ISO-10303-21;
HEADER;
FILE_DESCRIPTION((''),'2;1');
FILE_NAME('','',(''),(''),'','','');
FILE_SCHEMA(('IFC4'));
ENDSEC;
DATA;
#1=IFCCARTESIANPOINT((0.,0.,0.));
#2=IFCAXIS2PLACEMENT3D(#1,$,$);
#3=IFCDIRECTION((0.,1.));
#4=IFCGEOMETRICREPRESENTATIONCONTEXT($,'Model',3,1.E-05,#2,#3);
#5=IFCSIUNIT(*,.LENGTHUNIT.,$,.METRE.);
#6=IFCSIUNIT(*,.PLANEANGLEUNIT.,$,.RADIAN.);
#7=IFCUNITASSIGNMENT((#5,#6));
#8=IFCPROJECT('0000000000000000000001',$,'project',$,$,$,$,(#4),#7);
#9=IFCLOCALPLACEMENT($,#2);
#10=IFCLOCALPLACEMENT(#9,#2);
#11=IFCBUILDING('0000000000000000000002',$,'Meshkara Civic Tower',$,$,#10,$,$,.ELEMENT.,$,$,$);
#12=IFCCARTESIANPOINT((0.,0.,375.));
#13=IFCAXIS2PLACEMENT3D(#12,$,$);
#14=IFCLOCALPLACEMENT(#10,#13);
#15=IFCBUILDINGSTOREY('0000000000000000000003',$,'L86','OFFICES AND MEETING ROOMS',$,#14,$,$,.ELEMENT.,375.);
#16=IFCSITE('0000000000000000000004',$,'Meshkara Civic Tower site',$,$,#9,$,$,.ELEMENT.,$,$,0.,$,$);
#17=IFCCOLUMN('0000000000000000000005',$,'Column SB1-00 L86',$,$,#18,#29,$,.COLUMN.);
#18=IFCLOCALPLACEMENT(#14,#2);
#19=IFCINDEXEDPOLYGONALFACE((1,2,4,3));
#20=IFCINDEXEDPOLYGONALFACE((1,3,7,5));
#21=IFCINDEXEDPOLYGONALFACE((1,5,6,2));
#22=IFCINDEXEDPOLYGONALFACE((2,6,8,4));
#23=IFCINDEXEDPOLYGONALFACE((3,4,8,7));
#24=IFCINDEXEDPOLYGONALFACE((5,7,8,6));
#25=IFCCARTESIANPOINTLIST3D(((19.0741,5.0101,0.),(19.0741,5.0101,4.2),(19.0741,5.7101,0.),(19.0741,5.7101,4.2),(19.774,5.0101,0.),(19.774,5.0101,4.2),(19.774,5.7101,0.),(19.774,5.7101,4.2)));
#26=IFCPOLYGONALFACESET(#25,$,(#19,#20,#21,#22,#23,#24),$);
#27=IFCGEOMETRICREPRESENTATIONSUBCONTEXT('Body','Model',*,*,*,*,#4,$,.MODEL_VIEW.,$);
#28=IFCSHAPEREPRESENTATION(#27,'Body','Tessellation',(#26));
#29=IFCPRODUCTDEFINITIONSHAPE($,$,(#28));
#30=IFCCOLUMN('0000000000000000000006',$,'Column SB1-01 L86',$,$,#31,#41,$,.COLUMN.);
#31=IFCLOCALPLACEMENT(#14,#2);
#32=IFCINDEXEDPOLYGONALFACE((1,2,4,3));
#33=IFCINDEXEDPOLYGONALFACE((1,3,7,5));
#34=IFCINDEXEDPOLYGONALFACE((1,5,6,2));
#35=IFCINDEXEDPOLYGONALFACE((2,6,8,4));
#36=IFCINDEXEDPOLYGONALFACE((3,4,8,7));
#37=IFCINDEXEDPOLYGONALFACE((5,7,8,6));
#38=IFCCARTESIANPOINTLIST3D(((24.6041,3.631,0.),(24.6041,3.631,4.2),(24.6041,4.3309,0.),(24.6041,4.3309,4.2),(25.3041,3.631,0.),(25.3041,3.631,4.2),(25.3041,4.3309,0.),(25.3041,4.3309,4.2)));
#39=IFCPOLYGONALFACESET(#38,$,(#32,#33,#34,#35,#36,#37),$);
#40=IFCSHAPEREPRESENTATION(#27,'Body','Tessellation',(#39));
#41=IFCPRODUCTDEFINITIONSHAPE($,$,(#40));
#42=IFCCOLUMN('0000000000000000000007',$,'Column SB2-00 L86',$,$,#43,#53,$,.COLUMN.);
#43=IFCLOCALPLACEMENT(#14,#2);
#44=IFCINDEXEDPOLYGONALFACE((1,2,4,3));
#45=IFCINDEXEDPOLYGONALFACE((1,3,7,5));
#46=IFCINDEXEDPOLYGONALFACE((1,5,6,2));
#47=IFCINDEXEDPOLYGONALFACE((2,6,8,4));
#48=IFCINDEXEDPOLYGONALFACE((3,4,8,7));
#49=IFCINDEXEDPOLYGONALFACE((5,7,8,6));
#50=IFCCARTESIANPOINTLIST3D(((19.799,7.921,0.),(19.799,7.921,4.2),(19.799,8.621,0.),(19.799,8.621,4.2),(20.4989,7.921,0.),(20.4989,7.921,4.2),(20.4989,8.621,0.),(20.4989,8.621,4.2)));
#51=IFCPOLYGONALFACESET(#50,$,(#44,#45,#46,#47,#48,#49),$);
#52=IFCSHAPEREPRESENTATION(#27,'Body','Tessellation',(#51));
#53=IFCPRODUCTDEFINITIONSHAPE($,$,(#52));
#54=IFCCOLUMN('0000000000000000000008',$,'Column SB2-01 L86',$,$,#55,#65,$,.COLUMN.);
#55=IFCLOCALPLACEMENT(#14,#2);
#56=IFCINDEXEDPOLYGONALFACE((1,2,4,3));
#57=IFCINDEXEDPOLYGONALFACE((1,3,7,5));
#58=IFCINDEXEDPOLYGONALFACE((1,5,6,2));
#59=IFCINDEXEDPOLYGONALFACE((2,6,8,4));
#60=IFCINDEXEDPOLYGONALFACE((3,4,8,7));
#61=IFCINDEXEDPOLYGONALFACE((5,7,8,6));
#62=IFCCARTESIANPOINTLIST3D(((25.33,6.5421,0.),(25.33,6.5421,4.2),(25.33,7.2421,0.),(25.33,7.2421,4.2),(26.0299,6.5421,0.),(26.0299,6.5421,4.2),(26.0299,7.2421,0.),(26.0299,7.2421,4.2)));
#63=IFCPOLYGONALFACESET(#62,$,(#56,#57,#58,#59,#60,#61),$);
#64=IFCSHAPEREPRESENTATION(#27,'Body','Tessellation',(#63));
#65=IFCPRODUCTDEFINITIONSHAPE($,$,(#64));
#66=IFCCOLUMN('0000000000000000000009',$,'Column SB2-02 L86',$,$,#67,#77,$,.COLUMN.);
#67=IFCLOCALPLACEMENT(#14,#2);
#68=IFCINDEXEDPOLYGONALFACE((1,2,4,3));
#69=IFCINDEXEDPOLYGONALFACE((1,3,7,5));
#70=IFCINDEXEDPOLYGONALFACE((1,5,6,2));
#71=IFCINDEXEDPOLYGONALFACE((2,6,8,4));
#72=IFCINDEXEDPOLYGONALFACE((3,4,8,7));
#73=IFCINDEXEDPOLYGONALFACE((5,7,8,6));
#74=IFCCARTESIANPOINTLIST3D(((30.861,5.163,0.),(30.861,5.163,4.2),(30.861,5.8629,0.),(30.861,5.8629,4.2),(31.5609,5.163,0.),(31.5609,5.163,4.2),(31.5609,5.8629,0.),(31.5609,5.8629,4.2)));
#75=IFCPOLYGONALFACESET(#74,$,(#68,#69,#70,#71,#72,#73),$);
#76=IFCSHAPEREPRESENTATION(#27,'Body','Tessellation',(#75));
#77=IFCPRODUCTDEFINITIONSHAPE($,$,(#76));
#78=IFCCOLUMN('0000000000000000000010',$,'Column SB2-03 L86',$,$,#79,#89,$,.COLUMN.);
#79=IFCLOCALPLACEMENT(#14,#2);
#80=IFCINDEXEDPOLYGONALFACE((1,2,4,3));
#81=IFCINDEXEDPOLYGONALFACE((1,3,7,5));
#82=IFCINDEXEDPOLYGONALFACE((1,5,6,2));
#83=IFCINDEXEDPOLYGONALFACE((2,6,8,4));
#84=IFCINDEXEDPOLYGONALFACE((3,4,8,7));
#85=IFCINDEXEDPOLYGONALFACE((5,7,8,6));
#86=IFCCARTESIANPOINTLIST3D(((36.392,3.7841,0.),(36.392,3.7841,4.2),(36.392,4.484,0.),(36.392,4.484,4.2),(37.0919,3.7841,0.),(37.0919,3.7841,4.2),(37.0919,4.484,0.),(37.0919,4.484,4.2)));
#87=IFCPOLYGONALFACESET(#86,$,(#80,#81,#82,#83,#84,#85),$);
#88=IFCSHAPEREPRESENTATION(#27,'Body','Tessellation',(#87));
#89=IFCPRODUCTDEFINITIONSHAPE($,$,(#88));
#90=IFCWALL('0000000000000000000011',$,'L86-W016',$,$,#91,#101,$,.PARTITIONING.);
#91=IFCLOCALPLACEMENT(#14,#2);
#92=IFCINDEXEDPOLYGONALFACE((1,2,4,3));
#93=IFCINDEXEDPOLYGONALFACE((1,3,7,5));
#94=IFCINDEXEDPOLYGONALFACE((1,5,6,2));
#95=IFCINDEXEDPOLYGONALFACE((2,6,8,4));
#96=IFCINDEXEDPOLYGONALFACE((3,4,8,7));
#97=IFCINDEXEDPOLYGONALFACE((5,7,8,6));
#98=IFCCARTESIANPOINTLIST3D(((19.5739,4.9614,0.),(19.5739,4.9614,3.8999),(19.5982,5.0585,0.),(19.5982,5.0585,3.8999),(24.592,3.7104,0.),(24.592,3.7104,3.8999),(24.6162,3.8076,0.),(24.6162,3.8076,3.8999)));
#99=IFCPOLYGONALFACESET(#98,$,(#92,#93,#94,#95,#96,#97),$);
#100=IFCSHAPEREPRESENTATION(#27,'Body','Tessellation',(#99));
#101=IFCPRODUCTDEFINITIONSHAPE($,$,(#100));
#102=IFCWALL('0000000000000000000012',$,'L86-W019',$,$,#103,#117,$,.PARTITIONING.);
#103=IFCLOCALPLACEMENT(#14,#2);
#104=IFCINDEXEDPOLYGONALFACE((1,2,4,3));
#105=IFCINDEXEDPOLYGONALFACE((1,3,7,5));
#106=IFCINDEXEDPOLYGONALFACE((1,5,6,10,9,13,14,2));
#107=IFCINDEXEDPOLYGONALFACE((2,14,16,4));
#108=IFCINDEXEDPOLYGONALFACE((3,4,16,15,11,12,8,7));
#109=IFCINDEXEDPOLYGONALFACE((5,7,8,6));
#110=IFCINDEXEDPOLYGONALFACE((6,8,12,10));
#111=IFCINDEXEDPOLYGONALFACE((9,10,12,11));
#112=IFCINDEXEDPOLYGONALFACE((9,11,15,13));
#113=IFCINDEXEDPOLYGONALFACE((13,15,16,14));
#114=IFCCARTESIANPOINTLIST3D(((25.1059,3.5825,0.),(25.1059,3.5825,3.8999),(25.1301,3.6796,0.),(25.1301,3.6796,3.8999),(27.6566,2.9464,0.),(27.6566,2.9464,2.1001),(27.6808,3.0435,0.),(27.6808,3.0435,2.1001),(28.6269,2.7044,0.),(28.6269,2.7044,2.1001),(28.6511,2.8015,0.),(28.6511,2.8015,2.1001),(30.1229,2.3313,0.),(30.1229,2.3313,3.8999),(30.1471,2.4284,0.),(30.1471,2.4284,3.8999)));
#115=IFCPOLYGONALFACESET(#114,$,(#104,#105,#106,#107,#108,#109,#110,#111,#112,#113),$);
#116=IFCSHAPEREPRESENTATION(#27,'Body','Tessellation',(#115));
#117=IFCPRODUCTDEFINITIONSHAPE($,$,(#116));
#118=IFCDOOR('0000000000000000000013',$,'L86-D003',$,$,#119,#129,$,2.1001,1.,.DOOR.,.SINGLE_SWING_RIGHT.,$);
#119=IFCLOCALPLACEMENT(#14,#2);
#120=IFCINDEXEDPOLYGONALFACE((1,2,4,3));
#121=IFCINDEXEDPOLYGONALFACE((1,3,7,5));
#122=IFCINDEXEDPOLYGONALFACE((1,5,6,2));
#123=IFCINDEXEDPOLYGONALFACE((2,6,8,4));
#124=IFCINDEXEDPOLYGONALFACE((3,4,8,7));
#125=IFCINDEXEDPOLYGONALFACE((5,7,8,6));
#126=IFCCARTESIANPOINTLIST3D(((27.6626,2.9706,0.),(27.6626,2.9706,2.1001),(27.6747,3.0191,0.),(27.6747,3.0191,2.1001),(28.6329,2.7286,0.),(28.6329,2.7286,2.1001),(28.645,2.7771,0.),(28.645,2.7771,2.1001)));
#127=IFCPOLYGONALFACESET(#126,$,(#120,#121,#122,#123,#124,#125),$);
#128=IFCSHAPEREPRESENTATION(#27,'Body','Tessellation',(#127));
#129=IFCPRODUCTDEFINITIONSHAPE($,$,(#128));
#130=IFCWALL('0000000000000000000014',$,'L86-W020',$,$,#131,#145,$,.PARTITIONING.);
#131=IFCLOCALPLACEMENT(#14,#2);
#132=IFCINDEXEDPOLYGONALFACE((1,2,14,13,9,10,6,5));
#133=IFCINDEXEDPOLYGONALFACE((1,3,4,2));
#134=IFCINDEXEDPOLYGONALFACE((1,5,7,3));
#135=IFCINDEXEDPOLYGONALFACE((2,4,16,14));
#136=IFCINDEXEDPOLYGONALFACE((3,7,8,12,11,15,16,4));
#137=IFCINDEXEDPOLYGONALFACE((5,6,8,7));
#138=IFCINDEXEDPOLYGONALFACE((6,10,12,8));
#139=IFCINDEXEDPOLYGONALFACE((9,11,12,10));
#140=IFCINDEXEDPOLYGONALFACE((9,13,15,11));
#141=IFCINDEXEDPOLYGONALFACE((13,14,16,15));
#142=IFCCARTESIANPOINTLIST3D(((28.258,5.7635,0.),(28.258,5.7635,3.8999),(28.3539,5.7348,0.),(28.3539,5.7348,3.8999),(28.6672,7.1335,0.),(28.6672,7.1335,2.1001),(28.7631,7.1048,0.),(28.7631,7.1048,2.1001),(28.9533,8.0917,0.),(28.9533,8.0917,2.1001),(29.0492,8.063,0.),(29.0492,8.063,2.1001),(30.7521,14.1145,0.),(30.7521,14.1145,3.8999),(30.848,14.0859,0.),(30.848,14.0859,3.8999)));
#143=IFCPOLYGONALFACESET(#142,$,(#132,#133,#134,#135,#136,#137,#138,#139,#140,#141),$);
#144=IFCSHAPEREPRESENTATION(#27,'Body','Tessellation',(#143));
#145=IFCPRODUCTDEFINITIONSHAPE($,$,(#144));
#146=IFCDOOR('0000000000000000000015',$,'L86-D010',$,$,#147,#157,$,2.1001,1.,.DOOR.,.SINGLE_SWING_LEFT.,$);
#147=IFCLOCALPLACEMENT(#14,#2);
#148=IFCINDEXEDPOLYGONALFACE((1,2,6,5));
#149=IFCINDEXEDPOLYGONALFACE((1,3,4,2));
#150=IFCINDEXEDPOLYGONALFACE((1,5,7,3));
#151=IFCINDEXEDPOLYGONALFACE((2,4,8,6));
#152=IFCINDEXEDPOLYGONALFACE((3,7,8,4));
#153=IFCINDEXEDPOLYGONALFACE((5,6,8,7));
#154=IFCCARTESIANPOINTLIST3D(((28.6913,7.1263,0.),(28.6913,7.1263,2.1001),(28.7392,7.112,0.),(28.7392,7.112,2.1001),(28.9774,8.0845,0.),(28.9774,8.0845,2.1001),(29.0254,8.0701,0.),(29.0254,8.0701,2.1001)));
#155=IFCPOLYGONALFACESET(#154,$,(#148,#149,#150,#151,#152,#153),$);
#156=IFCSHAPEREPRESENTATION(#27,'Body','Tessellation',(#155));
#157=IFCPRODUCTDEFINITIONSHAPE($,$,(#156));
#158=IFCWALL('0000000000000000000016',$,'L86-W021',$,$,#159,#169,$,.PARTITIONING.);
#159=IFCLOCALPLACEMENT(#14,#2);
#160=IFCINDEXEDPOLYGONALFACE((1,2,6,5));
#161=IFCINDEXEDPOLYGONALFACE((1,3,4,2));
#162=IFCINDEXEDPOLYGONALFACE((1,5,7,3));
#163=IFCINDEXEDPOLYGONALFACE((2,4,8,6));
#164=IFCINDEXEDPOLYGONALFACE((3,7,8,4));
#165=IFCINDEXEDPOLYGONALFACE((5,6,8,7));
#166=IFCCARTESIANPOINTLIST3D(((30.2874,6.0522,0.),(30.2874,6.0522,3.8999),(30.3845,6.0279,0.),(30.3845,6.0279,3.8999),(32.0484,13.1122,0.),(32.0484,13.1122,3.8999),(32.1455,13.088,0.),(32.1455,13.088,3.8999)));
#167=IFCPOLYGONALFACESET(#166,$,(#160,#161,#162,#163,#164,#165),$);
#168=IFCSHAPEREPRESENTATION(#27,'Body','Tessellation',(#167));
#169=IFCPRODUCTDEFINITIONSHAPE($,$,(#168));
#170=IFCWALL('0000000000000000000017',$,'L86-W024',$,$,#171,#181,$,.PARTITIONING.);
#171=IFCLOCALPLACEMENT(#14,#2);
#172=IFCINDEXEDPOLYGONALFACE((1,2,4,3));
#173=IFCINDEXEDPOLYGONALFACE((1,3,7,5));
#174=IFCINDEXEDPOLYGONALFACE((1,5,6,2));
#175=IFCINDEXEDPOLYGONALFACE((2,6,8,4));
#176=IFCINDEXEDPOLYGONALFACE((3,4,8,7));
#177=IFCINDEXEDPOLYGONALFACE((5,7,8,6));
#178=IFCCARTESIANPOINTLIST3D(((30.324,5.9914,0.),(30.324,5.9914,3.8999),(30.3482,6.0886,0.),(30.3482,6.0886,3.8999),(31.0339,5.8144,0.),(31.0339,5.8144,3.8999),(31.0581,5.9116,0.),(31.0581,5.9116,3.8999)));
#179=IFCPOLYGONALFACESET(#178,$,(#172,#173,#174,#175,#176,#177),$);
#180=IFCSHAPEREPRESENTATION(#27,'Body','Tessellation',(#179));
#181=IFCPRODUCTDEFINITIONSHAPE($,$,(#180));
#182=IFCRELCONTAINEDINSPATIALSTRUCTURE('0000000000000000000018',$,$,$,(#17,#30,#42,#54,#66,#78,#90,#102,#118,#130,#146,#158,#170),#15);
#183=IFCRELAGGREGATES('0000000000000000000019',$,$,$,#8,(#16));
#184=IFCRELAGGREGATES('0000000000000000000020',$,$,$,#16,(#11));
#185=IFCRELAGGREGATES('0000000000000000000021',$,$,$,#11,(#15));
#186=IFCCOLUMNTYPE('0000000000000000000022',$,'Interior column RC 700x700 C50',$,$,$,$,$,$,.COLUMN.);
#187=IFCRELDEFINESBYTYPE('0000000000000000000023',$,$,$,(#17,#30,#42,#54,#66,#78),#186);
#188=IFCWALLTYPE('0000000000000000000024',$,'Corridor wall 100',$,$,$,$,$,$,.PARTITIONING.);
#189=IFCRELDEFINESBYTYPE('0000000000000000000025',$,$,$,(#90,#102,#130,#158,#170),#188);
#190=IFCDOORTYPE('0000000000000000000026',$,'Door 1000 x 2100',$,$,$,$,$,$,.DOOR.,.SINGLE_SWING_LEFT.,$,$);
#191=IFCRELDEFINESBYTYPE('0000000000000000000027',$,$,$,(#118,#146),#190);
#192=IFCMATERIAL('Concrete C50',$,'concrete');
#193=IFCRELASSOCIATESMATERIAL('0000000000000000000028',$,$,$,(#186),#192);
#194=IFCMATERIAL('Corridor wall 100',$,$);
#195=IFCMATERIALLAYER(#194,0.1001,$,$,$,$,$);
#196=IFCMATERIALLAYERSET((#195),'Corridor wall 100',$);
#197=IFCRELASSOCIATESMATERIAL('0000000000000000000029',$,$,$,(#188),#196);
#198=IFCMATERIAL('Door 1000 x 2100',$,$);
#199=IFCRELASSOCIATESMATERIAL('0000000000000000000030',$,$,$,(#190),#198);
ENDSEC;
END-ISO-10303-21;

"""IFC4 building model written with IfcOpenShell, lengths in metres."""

from ifc_helpers import new_model, si_unit, direction, frame, frame_2d, origin, origin_2d, place, context, subcontext, project, spatial, rectangle, extrude, material, layer, layer_set, material_profile, profile_set, type_object, element, fill, save


model = new_model("IFC4")

# Units and contexts
model_context = context("Model", 3, precision=1e-05, world=origin(), true_north=direction((0.0, 1.0)))
body_context = subcontext(model_context, "Body", "Model", "MODEL_VIEW")
ifc_project = project(units=[si_unit("LENGTHUNIT", "METRE"), si_unit("PLANEANGLEUNIT", "RADIAN")], contexts=[model_context])

# Site, building, storey
site_placement = place(None, origin())
site = spatial("IfcSite", under=ifc_project, at=site_placement, Name="Meshkara Civic Tower site", CompositionType="ELEMENT", RefElevation=0.0)
building_placement = place(site_placement, origin())
building = spatial("IfcBuilding", under=site, at=building_placement, Name="Meshkara Civic Tower", CompositionType="ELEMENT")
storey_placement = place(building_placement, frame((0.0, 0.0, 375.0)))
storey = spatial("IfcBuildingStorey", under=building, at=storey_placement, Name="L86", Description="OFFICES AND MEETING ROOMS", CompositionType="ELEMENT", Elevation=375.0)

# Columns
ifc_material_1 = material(Name="Concrete C50", Category="concrete")
ifc_material_profile = material_profile(ifc_material_1, rectangle(XDim=0.7, YDim=0.7, at=origin_2d()))
ifc_profile_set = profile_set([ifc_material_profile], Name="Concrete C50")
column_type = type_object("IfcColumnType", Name="Interior column RC 700x700 C50", PredefinedType="COLUMN", material=ifc_profile_set)
for number, where, z_axis, x_axis, name in (
    (1, (19.4241, 5.3601, 0.0), (0.0, 0.0, 1.0), (1.0, 0.0, 0.0), "Column SB1-00 L86"),
    (2, (24.9541, 3.981, 0.0), (0.0, 0.0, 1.0), (1.0, 0.0, 0.0), "Column SB1-01 L86"),
    (3, (20.1489, 8.271, 0.0), (0.0, 0.0, 1.0), (1.0, 0.0, 0.0), "Column SB2-00 L86"),
    (4, (25.6799, 6.8921, 0.0), (0.0, 0.0, 1.0), (1.0, 0.0, 0.0), "Column SB2-01 L86"),
    (5, (31.2109, 5.5129, 0.0), (0.0, 0.0, 1.0), (1.0, 0.0, 0.0), "Column SB2-02 L86"),
    (6, (36.7419, 4.134, 0.0), (0.0, 0.0, 1.0), (1.0, 0.0, 0.0), "Column SB2-03 L86"),
):
    element("IfcColumn", number, at=place(storey_placement, frame(where, z_axis=z_axis, x_axis=x_axis)), inside=storey, type_object=column_type, Name=name, PredefinedType="COLUMN", context=body_context, shape_type="SweptSolid", body=[
        extrude(rectangle(XDim=0.7, YDim=0.7, at=origin_2d()), origin(), (0.0, 0.0, 1.0), 4.2),
    ])

# Wall
ifc_material_2 = material(Name="Corridor wall 100")
ifc_layer_1 = layer(ifc_material_2, 0.1001)
ifc_layer_set_1 = layer_set([ifc_layer_1], Name="Corridor wall 100")
wall_type_1 = type_object("IfcWallType", Name="Corridor wall 100", PredefinedType="PARTITIONING", material=ifc_layer_set_1)
wall_1_placement = place(storey_placement, frame((19.5859, 5.01, 0.0), z_axis=(0.0, 0.0, 1.0), x_axis=(0.970303, -0.241891, 0.0)))
element("IfcWall", 7, at=wall_1_placement, inside=storey, type_object=wall_type_1, Name="L86-W016", PredefinedType="PARTITIONING", context=body_context, shape_type="SweptSolid", body=[
    extrude(rectangle(XDim=5.1716, YDim=0.1001, at=frame_2d((2.5859, 0.0))), origin(), (0.0, 0.0, 1.0), 3.8999),
])

# Walls, openings, doors
wall_2_placement = place(storey_placement, frame((25.1179, 3.6311, 0.0), z_axis=(0.0, 0.0, 1.0), x_axis=(0.970281, -0.24198, 0.0)))
wall_2 = element("IfcWall", 8, at=wall_2_placement, inside=storey, type_object=wall_type_1, Name="L86-W019", PredefinedType="PARTITIONING", context=body_context, shape_type="SweptSolid", body=[
    extrude(rectangle(XDim=5.1707, YDim=0.1001, at=frame_2d((2.5854, 0.0))), origin(), (0.0, 0.0, 1.0), 3.8999),
])
opening_1_placement = place(wall_2_placement, frame((2.6289, 0.0, 0.0)))
opening_1 = element("IfcOpeningElement", 9, at=opening_1_placement, cuts=wall_2, PredefinedType="OPENING", context=body_context, shape_type="SweptSolid", body=[
    extrude(rectangle(XDim=1.0, YDim=2.1001, at=frame_2d((0.5, 1.05))), frame((0.0, 0.0601, 0.0), z_axis=(0.0, -1.0, 0.0), x_axis=(1.0, 0.0, 0.0)), (0.0, 0.0, 1.0), 0.1201),
])
ifc_material_3 = material(Name="Door 1000 x 2100")
door_type = type_object("IfcDoorType", Name="Door 1000 x 2100", OperationType="SINGLE_SWING_LEFT", PredefinedType="DOOR", material=ifc_material_3)
door_1_placement = place(opening_1_placement, origin())
door_1 = element("IfcDoor", 10, at=door_1_placement, inside=storey, type_object=door_type, Name="L86-D003", OperationType="SINGLE_SWING_RIGHT", OverallHeight=2.1001, OverallWidth=1.0, PredefinedType="DOOR", context=body_context, shape_type="SweptSolid", body=[
    extrude(rectangle(XDim=1.0, YDim=2.1001, at=frame_2d((0.5, 1.05))), frame((0.0, 0.0249, 0.0), z_axis=(0.0, -1.0, 0.0), x_axis=(1.0, 0.0, 0.0)), (0.0, 0.0, 1.0), 0.05),
])
fill(opening_1, door_1)
wall_3_placement = place(storey_placement, frame((28.3059, 5.749, 0.0), z_axis=(0.0, 0.0, 1.0), x_axis=(0.286171, 0.958179, 0.0)))
wall_3 = element("IfcWall", 11, at=wall_3_placement, inside=storey, type_object=wall_type_1, Name="L86-W020", PredefinedType="PARTITIONING", context=body_context, shape_type="SweptSolid", body=[
    extrude(rectangle(XDim=8.7156, YDim=0.1001, at=frame_2d((4.3579, 0.0))), origin(), (0.0, 0.0, 1.0), 3.8999),
])
opening_2_placement = place(wall_3_placement, frame((1.4299, 0.0, 0.0)))
opening_2 = element("IfcOpeningElement", 12, at=opening_2_placement, cuts=wall_3, PredefinedType="OPENING", context=body_context, shape_type="SweptSolid", body=[
    extrude(rectangle(XDim=1.0, YDim=2.1001, at=frame_2d((0.5, 1.05))), frame((0.0, 0.0601, 0.0), z_axis=(0.0, -1.0, 0.0), x_axis=(1.0, 0.0, 0.0)), (0.0, 0.0, 1.0), 0.1201),
])
door_2_placement = place(opening_2_placement, origin())
door_2 = element("IfcDoor", 13, at=door_2_placement, inside=storey, type_object=door_type, Name="L86-D010", OperationType="SINGLE_SWING_LEFT", OverallHeight=2.1001, OverallWidth=1.0, PredefinedType="DOOR", context=body_context, shape_type="SweptSolid", body=[
    extrude(rectangle(XDim=1.0, YDim=2.1001, at=frame_2d((0.5, 1.05))), frame((0.0, 0.0249, 0.0), z_axis=(0.0, -1.0, 0.0), x_axis=(1.0, 0.0, 0.0)), (0.0, 0.0, 1.0), 0.05),
])
fill(opening_2, door_2)

# Walls
wall_4_placement = place(storey_placement, frame((30.3359, 6.04, 0.0), z_axis=(0.0, 0.0, 1.0), x_axis=(0.242015, 0.970273, 0.0)))
element("IfcWall", 14, at=wall_4_placement, inside=storey, type_object=wall_type_1, Name="L86-W021", PredefinedType="PARTITIONING", context=body_context, shape_type="SweptSolid", body=[
    extrude(rectangle(XDim=7.2764, YDim=0.1001, at=frame_2d((3.6382, 0.0))), origin(), (0.0, 0.0, 1.0), 3.8999),
])
wall_5_placement = place(storey_placement, frame((31.0459, 5.863, 0.0), z_axis=(0.0, 0.0, 1.0), x_axis=(-0.970299, 0.241907, 0.0)))
element("IfcWall", 15, at=wall_5_placement, inside=storey, type_object=wall_type_1, Name="L86-W024", PredefinedType="PARTITIONING", context=body_context, shape_type="SweptSolid", body=[
    extrude(rectangle(XDim=0.7317, YDim=0.1001, at=frame_2d((0.3657, 0.0))), origin(), (0.0, 0.0, 1.0), 3.8999),
])

save(model, "model.ifc")
